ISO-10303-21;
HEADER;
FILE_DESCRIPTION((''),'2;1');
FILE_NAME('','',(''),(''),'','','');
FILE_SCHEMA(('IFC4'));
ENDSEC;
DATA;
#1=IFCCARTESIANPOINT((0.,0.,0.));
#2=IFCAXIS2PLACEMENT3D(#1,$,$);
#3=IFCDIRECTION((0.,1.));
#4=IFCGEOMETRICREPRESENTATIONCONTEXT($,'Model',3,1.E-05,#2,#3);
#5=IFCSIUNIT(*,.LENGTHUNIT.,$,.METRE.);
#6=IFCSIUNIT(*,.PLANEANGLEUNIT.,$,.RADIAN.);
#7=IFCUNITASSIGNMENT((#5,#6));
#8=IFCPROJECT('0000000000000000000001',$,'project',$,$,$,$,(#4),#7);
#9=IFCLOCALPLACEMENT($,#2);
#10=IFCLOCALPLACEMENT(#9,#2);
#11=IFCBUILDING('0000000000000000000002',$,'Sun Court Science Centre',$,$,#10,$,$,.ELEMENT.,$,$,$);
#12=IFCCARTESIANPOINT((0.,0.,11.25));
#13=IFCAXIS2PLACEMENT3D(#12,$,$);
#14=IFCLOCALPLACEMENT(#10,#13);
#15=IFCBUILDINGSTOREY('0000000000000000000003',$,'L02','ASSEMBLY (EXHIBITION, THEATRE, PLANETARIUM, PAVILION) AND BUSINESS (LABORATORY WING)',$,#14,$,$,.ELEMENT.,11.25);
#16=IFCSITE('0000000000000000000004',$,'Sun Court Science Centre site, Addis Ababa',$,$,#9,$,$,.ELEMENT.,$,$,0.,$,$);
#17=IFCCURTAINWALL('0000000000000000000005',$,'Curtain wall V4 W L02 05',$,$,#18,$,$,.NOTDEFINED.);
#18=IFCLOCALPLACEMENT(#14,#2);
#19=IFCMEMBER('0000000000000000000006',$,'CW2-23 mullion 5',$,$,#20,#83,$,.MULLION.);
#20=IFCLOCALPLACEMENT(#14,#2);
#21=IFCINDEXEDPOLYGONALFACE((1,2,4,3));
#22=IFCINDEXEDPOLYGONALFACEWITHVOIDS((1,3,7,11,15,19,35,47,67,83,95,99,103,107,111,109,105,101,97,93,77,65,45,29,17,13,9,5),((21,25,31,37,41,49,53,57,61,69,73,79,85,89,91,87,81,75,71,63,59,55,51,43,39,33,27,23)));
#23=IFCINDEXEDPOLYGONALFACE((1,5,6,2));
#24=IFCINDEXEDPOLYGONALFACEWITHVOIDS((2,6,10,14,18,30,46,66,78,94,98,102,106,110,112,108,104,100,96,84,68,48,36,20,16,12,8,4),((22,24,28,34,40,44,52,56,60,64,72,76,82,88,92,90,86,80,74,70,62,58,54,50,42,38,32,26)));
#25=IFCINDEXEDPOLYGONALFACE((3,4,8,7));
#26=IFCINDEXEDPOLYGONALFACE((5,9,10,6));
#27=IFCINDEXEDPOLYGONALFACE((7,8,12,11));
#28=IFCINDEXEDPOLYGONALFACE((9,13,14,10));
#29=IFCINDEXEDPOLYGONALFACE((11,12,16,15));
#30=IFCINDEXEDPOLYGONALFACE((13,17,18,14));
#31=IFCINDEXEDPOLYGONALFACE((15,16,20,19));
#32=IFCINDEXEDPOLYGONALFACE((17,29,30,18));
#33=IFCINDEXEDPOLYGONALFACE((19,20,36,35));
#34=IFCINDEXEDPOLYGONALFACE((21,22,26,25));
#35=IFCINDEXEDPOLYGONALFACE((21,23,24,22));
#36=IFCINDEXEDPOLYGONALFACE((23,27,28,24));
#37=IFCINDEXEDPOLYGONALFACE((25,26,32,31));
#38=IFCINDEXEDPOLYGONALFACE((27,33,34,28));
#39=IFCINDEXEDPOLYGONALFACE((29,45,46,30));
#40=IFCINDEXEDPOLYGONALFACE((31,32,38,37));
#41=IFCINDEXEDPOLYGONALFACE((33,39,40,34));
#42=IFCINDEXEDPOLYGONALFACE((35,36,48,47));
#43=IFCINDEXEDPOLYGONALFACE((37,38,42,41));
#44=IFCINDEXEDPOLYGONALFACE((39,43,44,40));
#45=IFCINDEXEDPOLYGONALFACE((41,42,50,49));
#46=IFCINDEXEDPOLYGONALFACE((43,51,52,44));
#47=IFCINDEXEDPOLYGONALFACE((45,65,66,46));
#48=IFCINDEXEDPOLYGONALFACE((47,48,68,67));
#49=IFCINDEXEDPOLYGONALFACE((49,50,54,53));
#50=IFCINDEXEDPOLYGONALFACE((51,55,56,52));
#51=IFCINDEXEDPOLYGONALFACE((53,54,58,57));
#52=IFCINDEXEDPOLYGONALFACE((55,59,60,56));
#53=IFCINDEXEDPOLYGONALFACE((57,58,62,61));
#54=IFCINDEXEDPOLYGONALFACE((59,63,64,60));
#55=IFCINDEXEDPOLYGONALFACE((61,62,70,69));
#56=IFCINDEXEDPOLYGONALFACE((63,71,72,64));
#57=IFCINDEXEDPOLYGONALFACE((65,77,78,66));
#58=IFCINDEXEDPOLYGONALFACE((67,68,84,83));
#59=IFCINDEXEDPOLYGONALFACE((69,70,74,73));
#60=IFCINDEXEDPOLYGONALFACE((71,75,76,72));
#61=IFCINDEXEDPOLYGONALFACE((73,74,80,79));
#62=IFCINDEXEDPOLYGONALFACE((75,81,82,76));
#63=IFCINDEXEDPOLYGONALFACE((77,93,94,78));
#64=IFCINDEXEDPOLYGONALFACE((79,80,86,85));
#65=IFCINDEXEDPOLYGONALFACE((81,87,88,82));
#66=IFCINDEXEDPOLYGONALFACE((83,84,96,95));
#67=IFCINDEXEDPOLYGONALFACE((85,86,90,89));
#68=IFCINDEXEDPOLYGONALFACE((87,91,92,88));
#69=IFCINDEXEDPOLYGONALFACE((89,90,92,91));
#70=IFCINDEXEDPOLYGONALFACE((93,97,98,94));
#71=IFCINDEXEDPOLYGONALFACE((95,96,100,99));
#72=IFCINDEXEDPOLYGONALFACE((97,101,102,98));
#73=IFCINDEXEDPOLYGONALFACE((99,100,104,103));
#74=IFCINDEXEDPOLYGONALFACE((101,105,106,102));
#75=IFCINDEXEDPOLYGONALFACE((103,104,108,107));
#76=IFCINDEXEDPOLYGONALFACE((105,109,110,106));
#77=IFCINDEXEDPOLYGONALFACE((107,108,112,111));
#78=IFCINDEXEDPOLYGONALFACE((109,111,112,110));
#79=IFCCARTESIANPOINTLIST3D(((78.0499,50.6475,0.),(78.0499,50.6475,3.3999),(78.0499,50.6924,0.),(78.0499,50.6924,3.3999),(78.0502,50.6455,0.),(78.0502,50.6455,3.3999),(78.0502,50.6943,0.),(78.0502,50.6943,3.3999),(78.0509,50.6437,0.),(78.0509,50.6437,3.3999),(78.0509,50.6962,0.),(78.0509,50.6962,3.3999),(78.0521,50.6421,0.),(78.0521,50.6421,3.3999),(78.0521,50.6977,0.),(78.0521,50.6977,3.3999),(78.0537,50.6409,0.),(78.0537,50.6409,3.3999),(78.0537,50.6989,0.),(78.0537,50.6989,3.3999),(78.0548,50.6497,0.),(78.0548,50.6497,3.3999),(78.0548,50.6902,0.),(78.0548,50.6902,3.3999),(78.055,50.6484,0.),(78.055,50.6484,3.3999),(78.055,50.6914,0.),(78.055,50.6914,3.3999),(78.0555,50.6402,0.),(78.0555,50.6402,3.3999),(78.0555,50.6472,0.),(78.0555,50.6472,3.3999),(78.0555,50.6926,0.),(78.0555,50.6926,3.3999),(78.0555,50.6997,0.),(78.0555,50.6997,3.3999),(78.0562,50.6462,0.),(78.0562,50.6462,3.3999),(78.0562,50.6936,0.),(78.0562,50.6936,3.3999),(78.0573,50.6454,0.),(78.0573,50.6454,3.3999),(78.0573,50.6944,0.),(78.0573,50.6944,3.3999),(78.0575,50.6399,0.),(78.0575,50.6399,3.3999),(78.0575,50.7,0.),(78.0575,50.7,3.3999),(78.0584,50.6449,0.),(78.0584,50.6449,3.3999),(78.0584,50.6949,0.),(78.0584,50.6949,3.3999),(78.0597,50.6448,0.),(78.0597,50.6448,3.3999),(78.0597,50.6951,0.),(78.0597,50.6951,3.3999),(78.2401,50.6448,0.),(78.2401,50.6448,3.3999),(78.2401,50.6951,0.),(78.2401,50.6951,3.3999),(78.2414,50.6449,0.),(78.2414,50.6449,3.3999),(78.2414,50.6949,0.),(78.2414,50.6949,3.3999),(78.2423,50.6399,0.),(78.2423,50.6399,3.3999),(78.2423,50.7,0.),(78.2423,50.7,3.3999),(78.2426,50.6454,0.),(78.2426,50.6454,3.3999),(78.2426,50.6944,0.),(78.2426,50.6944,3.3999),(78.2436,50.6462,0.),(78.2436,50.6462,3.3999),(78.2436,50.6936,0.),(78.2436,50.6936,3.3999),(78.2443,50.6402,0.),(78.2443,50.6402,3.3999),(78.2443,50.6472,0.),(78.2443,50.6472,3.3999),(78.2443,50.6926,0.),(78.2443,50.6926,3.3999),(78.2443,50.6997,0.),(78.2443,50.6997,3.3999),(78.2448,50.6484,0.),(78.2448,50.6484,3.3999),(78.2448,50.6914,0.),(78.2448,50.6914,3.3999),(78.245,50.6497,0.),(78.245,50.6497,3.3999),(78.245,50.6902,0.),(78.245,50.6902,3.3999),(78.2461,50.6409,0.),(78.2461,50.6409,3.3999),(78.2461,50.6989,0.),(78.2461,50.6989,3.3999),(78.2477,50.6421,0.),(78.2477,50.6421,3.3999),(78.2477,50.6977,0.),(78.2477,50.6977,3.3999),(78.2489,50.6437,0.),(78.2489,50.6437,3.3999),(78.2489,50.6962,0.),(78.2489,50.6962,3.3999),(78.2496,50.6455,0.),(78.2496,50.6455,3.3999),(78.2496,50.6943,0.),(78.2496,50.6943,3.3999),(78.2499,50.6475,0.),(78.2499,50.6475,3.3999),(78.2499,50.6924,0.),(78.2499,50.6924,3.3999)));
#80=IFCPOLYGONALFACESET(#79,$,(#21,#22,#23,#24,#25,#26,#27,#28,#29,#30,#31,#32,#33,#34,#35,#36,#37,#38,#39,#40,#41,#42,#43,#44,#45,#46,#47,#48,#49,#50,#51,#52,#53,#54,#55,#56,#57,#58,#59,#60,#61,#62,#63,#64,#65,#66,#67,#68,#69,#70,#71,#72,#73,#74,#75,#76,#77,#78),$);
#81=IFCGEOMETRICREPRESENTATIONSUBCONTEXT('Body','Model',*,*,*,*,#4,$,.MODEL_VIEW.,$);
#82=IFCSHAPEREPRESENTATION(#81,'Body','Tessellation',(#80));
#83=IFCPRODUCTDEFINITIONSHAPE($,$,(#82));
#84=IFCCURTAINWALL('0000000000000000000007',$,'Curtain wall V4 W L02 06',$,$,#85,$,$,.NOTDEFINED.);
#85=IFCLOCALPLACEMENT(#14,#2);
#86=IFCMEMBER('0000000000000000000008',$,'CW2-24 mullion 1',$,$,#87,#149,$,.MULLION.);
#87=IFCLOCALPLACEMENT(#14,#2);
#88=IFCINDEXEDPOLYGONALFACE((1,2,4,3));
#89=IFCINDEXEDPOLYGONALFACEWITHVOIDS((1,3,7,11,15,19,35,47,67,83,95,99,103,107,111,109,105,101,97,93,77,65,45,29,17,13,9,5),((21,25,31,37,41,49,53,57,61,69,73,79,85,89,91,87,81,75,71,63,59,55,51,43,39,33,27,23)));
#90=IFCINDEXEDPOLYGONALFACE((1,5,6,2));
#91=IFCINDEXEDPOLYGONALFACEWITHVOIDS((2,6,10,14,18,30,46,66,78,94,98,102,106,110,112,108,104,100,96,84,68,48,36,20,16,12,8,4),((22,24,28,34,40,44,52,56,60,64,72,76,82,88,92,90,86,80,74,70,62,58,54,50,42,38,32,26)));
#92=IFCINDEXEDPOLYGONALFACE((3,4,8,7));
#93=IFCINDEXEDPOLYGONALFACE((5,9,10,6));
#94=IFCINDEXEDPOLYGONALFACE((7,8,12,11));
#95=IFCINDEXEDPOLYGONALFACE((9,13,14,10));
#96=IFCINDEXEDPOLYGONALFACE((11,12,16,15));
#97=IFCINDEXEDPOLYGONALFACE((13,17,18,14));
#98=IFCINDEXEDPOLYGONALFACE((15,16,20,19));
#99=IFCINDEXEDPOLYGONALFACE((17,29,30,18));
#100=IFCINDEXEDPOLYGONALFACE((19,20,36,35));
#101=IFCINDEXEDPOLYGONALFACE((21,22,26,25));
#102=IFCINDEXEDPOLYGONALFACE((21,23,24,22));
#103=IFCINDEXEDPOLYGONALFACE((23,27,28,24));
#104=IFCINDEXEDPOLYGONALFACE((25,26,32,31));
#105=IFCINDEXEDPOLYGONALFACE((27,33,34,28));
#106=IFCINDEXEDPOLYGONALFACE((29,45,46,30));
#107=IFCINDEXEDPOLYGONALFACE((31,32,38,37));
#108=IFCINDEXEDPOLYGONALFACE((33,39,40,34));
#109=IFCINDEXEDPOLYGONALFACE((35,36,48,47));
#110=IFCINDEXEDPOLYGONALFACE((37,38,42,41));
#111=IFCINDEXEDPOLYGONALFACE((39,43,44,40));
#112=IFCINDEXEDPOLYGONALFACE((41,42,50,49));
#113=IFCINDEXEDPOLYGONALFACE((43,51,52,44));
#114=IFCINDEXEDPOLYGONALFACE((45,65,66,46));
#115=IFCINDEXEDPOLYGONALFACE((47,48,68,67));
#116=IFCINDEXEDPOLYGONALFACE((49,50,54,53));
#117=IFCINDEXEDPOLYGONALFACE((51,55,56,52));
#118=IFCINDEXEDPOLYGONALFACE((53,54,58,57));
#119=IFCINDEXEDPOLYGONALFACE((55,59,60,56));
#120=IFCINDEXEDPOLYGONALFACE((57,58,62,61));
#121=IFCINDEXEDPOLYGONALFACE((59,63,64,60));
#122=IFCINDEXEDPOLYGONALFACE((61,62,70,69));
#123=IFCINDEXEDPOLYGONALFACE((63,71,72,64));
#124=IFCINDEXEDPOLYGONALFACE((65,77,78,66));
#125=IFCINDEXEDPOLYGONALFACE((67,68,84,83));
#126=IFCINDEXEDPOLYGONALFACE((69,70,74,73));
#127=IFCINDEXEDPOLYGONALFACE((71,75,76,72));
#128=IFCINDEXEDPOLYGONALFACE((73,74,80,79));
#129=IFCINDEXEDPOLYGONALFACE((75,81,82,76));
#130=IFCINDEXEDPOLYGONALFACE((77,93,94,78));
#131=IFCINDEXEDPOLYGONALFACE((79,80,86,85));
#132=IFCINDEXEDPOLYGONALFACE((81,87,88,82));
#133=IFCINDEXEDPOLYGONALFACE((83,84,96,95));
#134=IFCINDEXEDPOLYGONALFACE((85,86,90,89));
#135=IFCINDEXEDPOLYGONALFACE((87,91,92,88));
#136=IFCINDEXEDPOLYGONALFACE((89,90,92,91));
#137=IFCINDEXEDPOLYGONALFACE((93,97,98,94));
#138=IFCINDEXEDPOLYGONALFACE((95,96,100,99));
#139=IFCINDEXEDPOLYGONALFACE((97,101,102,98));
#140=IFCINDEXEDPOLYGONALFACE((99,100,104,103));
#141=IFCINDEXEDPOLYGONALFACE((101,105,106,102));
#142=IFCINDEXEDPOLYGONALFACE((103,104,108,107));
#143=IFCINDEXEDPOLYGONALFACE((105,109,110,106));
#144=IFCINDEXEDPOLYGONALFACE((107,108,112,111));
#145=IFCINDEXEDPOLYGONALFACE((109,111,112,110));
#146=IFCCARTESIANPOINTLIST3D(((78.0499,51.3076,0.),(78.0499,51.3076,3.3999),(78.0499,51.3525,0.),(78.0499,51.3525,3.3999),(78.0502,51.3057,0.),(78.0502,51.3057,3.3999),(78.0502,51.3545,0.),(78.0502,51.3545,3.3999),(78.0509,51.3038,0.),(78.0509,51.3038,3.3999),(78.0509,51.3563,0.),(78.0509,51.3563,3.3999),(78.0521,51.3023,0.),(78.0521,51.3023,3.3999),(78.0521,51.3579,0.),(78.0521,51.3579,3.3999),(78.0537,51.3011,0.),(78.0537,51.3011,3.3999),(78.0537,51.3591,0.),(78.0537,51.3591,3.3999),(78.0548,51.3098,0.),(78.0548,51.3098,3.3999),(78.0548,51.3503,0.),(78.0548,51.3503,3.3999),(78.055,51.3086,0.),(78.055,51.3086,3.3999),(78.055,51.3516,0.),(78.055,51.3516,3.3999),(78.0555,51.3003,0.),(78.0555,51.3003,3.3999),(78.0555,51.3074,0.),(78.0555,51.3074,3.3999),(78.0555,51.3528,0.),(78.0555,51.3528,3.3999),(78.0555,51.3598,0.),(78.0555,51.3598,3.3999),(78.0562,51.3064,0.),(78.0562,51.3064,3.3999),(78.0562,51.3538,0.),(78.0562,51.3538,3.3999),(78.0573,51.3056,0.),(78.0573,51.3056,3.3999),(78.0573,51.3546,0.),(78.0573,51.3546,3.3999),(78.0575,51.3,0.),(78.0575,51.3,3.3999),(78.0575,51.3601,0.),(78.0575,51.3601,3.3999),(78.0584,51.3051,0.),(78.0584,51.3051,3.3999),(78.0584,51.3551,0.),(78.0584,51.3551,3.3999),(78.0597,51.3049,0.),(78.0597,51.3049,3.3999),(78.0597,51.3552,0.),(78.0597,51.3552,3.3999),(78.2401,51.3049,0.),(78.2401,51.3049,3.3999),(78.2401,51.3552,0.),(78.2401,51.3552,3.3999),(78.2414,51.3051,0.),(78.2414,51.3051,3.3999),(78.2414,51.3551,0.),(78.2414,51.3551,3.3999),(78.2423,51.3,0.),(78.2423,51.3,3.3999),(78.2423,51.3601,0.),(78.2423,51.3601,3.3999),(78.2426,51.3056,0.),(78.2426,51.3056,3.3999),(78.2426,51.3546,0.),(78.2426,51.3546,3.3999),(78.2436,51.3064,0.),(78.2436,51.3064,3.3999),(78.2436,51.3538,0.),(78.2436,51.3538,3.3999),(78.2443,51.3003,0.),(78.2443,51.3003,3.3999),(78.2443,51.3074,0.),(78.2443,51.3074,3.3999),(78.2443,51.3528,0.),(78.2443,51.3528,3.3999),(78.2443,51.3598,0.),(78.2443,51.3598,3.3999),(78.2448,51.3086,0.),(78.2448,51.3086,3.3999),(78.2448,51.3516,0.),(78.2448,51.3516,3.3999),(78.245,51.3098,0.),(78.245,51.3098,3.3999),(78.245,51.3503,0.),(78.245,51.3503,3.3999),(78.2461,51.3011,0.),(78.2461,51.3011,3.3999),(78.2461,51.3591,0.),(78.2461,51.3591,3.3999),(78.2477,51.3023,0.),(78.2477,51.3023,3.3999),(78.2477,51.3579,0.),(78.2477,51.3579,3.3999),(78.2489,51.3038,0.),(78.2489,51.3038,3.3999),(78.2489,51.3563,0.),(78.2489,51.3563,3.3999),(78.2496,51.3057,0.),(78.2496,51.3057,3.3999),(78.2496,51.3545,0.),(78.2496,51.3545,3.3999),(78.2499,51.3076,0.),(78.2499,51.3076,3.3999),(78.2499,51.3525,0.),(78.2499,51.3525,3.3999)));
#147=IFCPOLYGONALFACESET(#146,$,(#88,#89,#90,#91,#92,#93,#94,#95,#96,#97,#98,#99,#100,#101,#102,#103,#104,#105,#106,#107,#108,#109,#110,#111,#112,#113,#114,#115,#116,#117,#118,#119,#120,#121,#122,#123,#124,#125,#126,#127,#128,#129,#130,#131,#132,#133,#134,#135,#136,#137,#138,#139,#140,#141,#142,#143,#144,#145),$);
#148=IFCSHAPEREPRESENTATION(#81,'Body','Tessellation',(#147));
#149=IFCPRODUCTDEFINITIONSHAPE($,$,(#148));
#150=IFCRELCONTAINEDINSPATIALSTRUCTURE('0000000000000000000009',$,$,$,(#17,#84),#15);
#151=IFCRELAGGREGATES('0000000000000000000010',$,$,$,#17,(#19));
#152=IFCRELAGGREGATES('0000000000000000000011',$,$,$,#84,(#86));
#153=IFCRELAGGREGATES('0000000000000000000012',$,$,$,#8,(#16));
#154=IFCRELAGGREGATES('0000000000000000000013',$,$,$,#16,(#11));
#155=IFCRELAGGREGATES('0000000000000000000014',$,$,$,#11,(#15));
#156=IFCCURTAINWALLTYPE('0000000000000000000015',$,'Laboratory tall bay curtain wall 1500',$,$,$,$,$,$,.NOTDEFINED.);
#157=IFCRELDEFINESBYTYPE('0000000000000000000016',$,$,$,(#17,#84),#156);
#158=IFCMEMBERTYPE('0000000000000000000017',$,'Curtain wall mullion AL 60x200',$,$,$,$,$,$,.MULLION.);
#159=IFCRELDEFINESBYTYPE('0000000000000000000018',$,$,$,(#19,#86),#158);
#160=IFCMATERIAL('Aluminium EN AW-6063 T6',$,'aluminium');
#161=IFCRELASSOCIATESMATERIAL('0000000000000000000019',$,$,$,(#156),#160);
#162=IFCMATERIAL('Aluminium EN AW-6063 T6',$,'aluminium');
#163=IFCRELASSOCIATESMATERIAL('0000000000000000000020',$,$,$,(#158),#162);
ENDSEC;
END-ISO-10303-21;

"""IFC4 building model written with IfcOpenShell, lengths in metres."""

from ifc_helpers import new_model, si_unit, direction, frame, origin, origin_2d, place, context, subcontext, project, spatial, hollow_rectangle, extrude, material, material_profile, profile_set, type_object, element, aggregate, save


model = new_model("IFC4")

# Units and contexts
model_context = context("Model", 3, precision=1e-05, world=origin(), true_north=direction((0.0, 1.0)))
body_context = subcontext(model_context, "Body", "Model", "MODEL_VIEW")
ifc_project = project(units=[si_unit("LENGTHUNIT", "METRE"), si_unit("PLANEANGLEUNIT", "RADIAN")], contexts=[model_context])

# Site, building, storey
site_placement = place(None, origin())
site = spatial("IfcSite", under=ifc_project, at=site_placement, Name="Sun Court Science Centre site, Addis Ababa", CompositionType="ELEMENT", RefElevation=0.0)
building_placement = place(site_placement, origin())
building = spatial("IfcBuilding", under=site, at=building_placement, Name="Sun Court Science Centre", CompositionType="ELEMENT")
storey_placement = place(building_placement, frame((0.0, 0.0, 11.25)))
storey = spatial("IfcBuildingStorey", under=building, at=storey_placement, Name="L02", Description="ASSEMBLY (EXHIBITION, THEATRE, PLANETARIUM, PAVILION) AND BUSINESS (LABORATORY WING)", CompositionType="ELEMENT", Elevation=11.25)

# Curtain wall, member
ifc_material_1 = material(Name="Aluminium EN AW-6063 T6", Category="aluminium")
curtain_wall_type = type_object("IfcCurtainWallType", Name="Laboratory tall bay curtain wall 1500", PredefinedType="NOTDEFINED", material=ifc_material_1)
curtain_wall_1_placement = place(storey_placement, origin())
curtain_wall_1 = element("IfcCurtainWall", 1, at=curtain_wall_1_placement, inside=storey, type_object=curtain_wall_type, Name="Curtain wall V4 W L02 05", PredefinedType="NOTDEFINED")
ifc_material_2 = material(Name="Aluminium EN AW-6063 T6", Category="aluminium")
ifc_material_profile_1 = material_profile(ifc_material_2, hollow_rectangle(XDim=0.0601, YDim=0.2, WallThickness=0.0049, InnerFilletRadius=0.0049, OuterFilletRadius=0.0076, at=origin_2d()), Name="AL 60x200x5")
ifc_profile_set_1 = profile_set([ifc_material_profile_1], Name="Aluminium EN AW-6063 T6")
member_type_1 = type_object("IfcMemberType", Name="Curtain wall mullion AL 60x200", PredefinedType="MULLION", material=ifc_profile_set_1)
member_1_placement = place(storey_placement, frame((78.1499, 50.6699, 0.0), z_axis=(0.0, 0.0, 1.0), x_axis=(0.0, 1.0, 0.0)))
member_1 = element("IfcMember", 2, at=member_1_placement, type_object=member_type_1, Name="CW2-23 mullion 5", PredefinedType="MULLION", context=body_context, shape_type="SweptSolid", body=[
    extrude(hollow_rectangle(XDim=0.0601, YDim=0.2, WallThickness=0.0049, InnerFilletRadius=0.0049, OuterFilletRadius=0.0076, at=origin_2d()), origin(), (0.0, 0.0, 1.0), 3.3999),
])
aggregate(curtain_wall_1, [member_1])

# Curtain wall, member
curtain_wall_2_placement = place(storey_placement, origin())
curtain_wall_2 = element("IfcCurtainWall", 3, at=curtain_wall_2_placement, inside=storey, type_object=curtain_wall_type, Name="Curtain wall V4 W L02 06", PredefinedType="NOTDEFINED")
member_2_placement = place(storey_placement, frame((78.1499, 51.3301, 0.0), z_axis=(0.0, 0.0, 1.0), x_axis=(0.0, 1.0, 0.0)))
member_2 = element("IfcMember", 4, at=member_2_placement, type_object=member_type_1, Name="CW2-24 mullion 1", PredefinedType="MULLION", context=body_context, shape_type="SweptSolid", body=[
    extrude(hollow_rectangle(XDim=0.0601, YDim=0.2, WallThickness=0.0049, InnerFilletRadius=0.0049, OuterFilletRadius=0.0076, at=origin_2d()), origin(), (0.0, 0.0, 1.0), 3.3999),
])
aggregate(curtain_wall_2, [member_2])

save(model, "model.ifc")
